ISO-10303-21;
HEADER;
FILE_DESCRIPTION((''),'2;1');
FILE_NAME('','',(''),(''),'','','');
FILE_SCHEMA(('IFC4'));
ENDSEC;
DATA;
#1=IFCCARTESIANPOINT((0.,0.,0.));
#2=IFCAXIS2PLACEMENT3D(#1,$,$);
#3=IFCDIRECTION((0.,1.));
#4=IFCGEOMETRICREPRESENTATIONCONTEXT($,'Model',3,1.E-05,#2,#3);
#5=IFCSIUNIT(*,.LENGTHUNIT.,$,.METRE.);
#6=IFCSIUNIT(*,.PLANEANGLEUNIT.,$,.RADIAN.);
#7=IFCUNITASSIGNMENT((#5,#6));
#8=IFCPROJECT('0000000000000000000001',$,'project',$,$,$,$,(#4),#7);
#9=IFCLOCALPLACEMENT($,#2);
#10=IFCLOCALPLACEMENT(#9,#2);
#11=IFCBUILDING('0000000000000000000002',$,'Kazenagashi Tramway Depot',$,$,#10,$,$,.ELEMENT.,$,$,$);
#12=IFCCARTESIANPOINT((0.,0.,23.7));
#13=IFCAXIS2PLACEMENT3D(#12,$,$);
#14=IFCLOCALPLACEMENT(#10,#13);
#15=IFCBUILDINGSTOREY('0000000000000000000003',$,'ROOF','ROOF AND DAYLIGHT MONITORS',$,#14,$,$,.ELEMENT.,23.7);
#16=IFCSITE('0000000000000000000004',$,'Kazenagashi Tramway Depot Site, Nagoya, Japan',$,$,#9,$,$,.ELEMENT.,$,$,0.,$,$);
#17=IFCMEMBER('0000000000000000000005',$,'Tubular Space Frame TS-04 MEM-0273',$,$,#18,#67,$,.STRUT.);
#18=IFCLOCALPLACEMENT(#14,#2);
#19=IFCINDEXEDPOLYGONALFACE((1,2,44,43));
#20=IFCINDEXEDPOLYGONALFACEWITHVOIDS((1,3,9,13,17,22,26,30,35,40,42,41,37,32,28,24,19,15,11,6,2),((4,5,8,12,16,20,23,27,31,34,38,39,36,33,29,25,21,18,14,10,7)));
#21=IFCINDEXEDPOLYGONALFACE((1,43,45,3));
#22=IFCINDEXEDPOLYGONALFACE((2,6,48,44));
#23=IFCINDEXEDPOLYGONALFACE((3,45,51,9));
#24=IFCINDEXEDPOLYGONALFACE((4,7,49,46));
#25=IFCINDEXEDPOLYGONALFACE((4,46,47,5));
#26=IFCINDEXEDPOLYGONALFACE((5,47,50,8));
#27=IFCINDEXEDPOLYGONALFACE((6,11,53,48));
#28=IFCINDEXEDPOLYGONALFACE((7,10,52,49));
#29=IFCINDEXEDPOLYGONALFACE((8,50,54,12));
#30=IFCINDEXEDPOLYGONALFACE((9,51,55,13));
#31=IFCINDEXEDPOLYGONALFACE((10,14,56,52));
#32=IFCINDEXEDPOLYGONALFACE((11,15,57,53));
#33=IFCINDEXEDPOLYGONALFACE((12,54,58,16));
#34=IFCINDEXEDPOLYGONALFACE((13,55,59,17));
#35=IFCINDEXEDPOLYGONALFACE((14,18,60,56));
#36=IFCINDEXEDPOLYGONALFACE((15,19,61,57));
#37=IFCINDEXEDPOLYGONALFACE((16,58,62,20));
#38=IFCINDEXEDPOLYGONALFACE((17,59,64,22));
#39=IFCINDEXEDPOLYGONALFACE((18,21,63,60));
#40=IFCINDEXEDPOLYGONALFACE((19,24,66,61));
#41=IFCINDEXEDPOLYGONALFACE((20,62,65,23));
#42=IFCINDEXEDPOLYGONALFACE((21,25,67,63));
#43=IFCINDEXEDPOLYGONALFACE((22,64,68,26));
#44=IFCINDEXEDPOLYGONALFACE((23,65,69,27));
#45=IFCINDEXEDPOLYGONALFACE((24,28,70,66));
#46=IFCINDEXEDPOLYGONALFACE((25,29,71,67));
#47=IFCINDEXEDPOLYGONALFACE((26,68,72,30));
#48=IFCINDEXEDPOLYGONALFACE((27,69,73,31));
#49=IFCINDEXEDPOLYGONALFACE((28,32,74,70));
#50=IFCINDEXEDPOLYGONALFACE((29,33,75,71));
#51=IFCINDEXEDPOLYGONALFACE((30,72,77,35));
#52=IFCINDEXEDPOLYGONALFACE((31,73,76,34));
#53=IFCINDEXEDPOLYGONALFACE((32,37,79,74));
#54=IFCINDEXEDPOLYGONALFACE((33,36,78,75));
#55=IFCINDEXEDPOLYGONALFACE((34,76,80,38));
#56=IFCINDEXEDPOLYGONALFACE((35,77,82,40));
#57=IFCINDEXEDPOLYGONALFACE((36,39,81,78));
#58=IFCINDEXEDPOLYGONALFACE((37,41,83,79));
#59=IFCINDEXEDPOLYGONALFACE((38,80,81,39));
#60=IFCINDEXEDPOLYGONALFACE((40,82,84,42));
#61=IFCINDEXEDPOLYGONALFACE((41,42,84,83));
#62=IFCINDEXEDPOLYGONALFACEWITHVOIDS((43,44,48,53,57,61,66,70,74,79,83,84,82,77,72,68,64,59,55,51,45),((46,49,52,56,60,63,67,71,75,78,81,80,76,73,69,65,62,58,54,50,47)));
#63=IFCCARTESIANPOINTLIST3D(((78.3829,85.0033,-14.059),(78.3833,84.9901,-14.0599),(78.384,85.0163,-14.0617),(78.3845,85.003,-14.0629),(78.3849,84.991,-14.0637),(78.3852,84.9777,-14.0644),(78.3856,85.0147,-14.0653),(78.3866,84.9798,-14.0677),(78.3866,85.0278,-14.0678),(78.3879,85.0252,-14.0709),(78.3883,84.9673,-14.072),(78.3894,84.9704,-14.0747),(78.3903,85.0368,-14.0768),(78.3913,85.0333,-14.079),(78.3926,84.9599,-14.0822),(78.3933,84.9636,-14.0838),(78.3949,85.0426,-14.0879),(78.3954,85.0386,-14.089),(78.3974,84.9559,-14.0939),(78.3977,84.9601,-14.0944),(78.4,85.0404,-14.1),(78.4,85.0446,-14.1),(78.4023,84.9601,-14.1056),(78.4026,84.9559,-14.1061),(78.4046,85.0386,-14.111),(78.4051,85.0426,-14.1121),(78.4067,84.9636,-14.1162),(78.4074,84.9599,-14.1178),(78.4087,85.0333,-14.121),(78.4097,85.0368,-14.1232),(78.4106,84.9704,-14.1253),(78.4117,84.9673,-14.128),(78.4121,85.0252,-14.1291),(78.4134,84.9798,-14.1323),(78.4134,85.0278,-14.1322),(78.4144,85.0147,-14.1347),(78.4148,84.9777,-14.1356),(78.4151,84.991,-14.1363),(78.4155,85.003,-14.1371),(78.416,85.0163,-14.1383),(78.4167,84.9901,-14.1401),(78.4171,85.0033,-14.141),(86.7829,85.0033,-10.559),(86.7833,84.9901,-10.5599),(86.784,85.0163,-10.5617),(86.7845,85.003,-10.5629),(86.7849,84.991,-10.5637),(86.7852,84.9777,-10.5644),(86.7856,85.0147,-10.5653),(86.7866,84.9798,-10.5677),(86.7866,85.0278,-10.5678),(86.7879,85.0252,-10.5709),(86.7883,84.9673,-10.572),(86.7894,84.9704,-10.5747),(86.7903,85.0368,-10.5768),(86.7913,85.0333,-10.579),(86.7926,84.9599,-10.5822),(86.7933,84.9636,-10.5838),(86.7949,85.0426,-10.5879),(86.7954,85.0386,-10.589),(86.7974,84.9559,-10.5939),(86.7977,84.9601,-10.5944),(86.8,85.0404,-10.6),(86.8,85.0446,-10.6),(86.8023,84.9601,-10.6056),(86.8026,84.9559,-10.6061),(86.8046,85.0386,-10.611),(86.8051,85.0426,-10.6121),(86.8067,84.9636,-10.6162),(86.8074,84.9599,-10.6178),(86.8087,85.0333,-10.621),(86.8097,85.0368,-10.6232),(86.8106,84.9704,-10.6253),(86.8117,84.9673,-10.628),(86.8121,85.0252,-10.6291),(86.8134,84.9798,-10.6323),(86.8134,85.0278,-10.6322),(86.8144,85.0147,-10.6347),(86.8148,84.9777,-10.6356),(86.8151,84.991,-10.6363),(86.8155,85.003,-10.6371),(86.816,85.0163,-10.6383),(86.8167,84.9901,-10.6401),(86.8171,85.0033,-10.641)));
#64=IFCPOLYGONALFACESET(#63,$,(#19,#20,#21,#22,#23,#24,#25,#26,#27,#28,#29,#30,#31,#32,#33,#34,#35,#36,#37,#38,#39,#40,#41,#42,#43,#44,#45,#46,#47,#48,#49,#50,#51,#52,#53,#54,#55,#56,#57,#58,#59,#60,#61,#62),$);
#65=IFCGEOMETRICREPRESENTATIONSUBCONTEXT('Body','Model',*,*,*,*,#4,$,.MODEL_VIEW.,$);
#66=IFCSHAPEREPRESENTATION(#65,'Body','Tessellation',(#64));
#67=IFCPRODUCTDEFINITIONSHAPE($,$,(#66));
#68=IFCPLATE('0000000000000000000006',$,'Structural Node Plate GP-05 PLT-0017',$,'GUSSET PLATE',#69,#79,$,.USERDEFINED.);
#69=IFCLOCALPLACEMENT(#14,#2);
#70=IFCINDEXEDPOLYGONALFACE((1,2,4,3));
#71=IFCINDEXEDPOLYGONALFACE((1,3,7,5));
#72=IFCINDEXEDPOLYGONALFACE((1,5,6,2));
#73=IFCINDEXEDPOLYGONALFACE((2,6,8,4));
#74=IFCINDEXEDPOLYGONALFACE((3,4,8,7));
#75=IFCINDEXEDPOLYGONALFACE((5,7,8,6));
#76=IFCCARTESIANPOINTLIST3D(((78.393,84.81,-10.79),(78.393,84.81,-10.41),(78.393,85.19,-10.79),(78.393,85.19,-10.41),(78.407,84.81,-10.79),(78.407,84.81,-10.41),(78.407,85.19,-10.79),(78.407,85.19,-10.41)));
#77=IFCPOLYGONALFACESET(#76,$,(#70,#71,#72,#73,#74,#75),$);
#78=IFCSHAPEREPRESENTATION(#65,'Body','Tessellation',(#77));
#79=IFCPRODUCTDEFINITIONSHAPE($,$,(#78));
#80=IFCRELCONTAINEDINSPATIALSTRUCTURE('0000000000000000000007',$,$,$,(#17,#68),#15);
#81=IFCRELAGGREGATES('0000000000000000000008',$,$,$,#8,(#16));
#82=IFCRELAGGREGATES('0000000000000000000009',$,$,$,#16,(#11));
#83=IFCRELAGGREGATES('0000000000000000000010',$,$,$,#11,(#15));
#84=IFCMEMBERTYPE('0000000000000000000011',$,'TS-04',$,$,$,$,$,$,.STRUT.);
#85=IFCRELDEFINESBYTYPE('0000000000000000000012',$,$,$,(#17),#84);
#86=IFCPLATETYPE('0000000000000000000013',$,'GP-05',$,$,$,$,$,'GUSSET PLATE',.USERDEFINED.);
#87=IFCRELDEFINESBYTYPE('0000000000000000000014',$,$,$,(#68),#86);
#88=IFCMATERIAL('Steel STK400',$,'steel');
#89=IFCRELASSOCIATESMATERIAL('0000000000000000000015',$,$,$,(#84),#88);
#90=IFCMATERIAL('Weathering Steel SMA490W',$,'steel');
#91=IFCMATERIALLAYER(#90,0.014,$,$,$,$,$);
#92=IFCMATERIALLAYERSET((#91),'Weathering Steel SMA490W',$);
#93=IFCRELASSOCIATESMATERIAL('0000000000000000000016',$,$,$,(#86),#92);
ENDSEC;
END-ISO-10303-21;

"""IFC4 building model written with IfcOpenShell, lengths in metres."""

from ifc_helpers import new_model, si_unit, direction, frame, origin, origin_2d, place, context, subcontext, project, spatial, rectangle, hollow_circle, extrude, material, layer, layer_set, material_profile, profile_set, type_object, element, save


model = new_model("IFC4")

# Units and contexts
model_context = context("Model", 3, precision=1e-05, world=origin(), true_north=direction((0.0, 1.0)))
body_context = subcontext(model_context, "Body", "Model", "MODEL_VIEW")
ifc_project = project(units=[si_unit("LENGTHUNIT", "METRE"), si_unit("PLANEANGLEUNIT", "RADIAN")], contexts=[model_context])

# Site, building, storey
site_placement = place(None, origin())
site = spatial("IfcSite", under=ifc_project, at=site_placement, Name="Kazenagashi Tramway Depot Site, Nagoya, Japan", CompositionType="ELEMENT", RefElevation=0.0)
building_placement = place(site_placement, origin())
building = spatial("IfcBuilding", under=site, at=building_placement, Name="Kazenagashi Tramway Depot", CompositionType="ELEMENT")
storey_placement = place(building_placement, frame((0.0, 0.0, 23.7)))
storey = spatial("IfcBuildingStorey", under=building, at=storey_placement, Name="ROOF", Description="ROOF AND DAYLIGHT MONITORS", CompositionType="ELEMENT", Elevation=23.7)

# Member
ifc_material_1 = material(Name="Steel STK400", Category="steel")
ifc_material_profile_1 = material_profile(ifc_material_1, hollow_circle(Radius=0.0445, WallThickness=0.0042, at=origin_2d()), Name="CHS-89.1x4.2")
ifc_profile_set_1 = profile_set([ifc_material_profile_1], Name="Steel STK400")
member_type_1 = type_object("IfcMemberType", Name="TS-04", PredefinedType="STRUT", material=ifc_profile_set_1)
member_1_placement = place(storey_placement, frame((78.4, 85.0, -14.1), z_axis=(0.923077, 0.0, 0.384615), x_axis=(0.0, 1.0, 0.0)))
element("IfcMember", 1, at=member_1_placement, inside=storey, type_object=member_type_1, Name="Tubular Space Frame TS-04 MEM-0273", PredefinedType="STRUT", context=body_context, shape_type="SweptSolid", body=[
    extrude(hollow_circle(Radius=0.0445, WallThickness=0.0042, at=origin_2d()), origin(), (0.0, 0.0, 1.0), 9.1),
])

# Plate
ifc_material_2 = material(Name="Weathering Steel SMA490W", Category="steel")
ifc_layer = layer(ifc_material_2, 0.014)
ifc_layer_set = layer_set([ifc_layer], Name="Weathering Steel SMA490W")
plate_type = type_object("IfcPlateType", Name="GP-05", ElementType="GUSSET PLATE", PredefinedType="USERDEFINED", material=ifc_layer_set)
plate_placement = place(storey_placement, frame((78.4, 85.0, -10.79), z_axis=(0.0, 0.0, 1.0), x_axis=(0.0, 1.0, 0.0)))
element("IfcPlate", 2, at=plate_placement, inside=storey, type_object=plate_type, Name="Structural Node Plate GP-05 PLT-0017", ObjectType="GUSSET PLATE", PredefinedType="USERDEFINED", context=body_context, shape_type="SweptSolid", body=[
    extrude(rectangle(XDim=0.38, YDim=0.014, at=origin_2d()), origin(), (0.0, 0.0, 1.0), 0.38),
])

save(model, "model.ifc")
